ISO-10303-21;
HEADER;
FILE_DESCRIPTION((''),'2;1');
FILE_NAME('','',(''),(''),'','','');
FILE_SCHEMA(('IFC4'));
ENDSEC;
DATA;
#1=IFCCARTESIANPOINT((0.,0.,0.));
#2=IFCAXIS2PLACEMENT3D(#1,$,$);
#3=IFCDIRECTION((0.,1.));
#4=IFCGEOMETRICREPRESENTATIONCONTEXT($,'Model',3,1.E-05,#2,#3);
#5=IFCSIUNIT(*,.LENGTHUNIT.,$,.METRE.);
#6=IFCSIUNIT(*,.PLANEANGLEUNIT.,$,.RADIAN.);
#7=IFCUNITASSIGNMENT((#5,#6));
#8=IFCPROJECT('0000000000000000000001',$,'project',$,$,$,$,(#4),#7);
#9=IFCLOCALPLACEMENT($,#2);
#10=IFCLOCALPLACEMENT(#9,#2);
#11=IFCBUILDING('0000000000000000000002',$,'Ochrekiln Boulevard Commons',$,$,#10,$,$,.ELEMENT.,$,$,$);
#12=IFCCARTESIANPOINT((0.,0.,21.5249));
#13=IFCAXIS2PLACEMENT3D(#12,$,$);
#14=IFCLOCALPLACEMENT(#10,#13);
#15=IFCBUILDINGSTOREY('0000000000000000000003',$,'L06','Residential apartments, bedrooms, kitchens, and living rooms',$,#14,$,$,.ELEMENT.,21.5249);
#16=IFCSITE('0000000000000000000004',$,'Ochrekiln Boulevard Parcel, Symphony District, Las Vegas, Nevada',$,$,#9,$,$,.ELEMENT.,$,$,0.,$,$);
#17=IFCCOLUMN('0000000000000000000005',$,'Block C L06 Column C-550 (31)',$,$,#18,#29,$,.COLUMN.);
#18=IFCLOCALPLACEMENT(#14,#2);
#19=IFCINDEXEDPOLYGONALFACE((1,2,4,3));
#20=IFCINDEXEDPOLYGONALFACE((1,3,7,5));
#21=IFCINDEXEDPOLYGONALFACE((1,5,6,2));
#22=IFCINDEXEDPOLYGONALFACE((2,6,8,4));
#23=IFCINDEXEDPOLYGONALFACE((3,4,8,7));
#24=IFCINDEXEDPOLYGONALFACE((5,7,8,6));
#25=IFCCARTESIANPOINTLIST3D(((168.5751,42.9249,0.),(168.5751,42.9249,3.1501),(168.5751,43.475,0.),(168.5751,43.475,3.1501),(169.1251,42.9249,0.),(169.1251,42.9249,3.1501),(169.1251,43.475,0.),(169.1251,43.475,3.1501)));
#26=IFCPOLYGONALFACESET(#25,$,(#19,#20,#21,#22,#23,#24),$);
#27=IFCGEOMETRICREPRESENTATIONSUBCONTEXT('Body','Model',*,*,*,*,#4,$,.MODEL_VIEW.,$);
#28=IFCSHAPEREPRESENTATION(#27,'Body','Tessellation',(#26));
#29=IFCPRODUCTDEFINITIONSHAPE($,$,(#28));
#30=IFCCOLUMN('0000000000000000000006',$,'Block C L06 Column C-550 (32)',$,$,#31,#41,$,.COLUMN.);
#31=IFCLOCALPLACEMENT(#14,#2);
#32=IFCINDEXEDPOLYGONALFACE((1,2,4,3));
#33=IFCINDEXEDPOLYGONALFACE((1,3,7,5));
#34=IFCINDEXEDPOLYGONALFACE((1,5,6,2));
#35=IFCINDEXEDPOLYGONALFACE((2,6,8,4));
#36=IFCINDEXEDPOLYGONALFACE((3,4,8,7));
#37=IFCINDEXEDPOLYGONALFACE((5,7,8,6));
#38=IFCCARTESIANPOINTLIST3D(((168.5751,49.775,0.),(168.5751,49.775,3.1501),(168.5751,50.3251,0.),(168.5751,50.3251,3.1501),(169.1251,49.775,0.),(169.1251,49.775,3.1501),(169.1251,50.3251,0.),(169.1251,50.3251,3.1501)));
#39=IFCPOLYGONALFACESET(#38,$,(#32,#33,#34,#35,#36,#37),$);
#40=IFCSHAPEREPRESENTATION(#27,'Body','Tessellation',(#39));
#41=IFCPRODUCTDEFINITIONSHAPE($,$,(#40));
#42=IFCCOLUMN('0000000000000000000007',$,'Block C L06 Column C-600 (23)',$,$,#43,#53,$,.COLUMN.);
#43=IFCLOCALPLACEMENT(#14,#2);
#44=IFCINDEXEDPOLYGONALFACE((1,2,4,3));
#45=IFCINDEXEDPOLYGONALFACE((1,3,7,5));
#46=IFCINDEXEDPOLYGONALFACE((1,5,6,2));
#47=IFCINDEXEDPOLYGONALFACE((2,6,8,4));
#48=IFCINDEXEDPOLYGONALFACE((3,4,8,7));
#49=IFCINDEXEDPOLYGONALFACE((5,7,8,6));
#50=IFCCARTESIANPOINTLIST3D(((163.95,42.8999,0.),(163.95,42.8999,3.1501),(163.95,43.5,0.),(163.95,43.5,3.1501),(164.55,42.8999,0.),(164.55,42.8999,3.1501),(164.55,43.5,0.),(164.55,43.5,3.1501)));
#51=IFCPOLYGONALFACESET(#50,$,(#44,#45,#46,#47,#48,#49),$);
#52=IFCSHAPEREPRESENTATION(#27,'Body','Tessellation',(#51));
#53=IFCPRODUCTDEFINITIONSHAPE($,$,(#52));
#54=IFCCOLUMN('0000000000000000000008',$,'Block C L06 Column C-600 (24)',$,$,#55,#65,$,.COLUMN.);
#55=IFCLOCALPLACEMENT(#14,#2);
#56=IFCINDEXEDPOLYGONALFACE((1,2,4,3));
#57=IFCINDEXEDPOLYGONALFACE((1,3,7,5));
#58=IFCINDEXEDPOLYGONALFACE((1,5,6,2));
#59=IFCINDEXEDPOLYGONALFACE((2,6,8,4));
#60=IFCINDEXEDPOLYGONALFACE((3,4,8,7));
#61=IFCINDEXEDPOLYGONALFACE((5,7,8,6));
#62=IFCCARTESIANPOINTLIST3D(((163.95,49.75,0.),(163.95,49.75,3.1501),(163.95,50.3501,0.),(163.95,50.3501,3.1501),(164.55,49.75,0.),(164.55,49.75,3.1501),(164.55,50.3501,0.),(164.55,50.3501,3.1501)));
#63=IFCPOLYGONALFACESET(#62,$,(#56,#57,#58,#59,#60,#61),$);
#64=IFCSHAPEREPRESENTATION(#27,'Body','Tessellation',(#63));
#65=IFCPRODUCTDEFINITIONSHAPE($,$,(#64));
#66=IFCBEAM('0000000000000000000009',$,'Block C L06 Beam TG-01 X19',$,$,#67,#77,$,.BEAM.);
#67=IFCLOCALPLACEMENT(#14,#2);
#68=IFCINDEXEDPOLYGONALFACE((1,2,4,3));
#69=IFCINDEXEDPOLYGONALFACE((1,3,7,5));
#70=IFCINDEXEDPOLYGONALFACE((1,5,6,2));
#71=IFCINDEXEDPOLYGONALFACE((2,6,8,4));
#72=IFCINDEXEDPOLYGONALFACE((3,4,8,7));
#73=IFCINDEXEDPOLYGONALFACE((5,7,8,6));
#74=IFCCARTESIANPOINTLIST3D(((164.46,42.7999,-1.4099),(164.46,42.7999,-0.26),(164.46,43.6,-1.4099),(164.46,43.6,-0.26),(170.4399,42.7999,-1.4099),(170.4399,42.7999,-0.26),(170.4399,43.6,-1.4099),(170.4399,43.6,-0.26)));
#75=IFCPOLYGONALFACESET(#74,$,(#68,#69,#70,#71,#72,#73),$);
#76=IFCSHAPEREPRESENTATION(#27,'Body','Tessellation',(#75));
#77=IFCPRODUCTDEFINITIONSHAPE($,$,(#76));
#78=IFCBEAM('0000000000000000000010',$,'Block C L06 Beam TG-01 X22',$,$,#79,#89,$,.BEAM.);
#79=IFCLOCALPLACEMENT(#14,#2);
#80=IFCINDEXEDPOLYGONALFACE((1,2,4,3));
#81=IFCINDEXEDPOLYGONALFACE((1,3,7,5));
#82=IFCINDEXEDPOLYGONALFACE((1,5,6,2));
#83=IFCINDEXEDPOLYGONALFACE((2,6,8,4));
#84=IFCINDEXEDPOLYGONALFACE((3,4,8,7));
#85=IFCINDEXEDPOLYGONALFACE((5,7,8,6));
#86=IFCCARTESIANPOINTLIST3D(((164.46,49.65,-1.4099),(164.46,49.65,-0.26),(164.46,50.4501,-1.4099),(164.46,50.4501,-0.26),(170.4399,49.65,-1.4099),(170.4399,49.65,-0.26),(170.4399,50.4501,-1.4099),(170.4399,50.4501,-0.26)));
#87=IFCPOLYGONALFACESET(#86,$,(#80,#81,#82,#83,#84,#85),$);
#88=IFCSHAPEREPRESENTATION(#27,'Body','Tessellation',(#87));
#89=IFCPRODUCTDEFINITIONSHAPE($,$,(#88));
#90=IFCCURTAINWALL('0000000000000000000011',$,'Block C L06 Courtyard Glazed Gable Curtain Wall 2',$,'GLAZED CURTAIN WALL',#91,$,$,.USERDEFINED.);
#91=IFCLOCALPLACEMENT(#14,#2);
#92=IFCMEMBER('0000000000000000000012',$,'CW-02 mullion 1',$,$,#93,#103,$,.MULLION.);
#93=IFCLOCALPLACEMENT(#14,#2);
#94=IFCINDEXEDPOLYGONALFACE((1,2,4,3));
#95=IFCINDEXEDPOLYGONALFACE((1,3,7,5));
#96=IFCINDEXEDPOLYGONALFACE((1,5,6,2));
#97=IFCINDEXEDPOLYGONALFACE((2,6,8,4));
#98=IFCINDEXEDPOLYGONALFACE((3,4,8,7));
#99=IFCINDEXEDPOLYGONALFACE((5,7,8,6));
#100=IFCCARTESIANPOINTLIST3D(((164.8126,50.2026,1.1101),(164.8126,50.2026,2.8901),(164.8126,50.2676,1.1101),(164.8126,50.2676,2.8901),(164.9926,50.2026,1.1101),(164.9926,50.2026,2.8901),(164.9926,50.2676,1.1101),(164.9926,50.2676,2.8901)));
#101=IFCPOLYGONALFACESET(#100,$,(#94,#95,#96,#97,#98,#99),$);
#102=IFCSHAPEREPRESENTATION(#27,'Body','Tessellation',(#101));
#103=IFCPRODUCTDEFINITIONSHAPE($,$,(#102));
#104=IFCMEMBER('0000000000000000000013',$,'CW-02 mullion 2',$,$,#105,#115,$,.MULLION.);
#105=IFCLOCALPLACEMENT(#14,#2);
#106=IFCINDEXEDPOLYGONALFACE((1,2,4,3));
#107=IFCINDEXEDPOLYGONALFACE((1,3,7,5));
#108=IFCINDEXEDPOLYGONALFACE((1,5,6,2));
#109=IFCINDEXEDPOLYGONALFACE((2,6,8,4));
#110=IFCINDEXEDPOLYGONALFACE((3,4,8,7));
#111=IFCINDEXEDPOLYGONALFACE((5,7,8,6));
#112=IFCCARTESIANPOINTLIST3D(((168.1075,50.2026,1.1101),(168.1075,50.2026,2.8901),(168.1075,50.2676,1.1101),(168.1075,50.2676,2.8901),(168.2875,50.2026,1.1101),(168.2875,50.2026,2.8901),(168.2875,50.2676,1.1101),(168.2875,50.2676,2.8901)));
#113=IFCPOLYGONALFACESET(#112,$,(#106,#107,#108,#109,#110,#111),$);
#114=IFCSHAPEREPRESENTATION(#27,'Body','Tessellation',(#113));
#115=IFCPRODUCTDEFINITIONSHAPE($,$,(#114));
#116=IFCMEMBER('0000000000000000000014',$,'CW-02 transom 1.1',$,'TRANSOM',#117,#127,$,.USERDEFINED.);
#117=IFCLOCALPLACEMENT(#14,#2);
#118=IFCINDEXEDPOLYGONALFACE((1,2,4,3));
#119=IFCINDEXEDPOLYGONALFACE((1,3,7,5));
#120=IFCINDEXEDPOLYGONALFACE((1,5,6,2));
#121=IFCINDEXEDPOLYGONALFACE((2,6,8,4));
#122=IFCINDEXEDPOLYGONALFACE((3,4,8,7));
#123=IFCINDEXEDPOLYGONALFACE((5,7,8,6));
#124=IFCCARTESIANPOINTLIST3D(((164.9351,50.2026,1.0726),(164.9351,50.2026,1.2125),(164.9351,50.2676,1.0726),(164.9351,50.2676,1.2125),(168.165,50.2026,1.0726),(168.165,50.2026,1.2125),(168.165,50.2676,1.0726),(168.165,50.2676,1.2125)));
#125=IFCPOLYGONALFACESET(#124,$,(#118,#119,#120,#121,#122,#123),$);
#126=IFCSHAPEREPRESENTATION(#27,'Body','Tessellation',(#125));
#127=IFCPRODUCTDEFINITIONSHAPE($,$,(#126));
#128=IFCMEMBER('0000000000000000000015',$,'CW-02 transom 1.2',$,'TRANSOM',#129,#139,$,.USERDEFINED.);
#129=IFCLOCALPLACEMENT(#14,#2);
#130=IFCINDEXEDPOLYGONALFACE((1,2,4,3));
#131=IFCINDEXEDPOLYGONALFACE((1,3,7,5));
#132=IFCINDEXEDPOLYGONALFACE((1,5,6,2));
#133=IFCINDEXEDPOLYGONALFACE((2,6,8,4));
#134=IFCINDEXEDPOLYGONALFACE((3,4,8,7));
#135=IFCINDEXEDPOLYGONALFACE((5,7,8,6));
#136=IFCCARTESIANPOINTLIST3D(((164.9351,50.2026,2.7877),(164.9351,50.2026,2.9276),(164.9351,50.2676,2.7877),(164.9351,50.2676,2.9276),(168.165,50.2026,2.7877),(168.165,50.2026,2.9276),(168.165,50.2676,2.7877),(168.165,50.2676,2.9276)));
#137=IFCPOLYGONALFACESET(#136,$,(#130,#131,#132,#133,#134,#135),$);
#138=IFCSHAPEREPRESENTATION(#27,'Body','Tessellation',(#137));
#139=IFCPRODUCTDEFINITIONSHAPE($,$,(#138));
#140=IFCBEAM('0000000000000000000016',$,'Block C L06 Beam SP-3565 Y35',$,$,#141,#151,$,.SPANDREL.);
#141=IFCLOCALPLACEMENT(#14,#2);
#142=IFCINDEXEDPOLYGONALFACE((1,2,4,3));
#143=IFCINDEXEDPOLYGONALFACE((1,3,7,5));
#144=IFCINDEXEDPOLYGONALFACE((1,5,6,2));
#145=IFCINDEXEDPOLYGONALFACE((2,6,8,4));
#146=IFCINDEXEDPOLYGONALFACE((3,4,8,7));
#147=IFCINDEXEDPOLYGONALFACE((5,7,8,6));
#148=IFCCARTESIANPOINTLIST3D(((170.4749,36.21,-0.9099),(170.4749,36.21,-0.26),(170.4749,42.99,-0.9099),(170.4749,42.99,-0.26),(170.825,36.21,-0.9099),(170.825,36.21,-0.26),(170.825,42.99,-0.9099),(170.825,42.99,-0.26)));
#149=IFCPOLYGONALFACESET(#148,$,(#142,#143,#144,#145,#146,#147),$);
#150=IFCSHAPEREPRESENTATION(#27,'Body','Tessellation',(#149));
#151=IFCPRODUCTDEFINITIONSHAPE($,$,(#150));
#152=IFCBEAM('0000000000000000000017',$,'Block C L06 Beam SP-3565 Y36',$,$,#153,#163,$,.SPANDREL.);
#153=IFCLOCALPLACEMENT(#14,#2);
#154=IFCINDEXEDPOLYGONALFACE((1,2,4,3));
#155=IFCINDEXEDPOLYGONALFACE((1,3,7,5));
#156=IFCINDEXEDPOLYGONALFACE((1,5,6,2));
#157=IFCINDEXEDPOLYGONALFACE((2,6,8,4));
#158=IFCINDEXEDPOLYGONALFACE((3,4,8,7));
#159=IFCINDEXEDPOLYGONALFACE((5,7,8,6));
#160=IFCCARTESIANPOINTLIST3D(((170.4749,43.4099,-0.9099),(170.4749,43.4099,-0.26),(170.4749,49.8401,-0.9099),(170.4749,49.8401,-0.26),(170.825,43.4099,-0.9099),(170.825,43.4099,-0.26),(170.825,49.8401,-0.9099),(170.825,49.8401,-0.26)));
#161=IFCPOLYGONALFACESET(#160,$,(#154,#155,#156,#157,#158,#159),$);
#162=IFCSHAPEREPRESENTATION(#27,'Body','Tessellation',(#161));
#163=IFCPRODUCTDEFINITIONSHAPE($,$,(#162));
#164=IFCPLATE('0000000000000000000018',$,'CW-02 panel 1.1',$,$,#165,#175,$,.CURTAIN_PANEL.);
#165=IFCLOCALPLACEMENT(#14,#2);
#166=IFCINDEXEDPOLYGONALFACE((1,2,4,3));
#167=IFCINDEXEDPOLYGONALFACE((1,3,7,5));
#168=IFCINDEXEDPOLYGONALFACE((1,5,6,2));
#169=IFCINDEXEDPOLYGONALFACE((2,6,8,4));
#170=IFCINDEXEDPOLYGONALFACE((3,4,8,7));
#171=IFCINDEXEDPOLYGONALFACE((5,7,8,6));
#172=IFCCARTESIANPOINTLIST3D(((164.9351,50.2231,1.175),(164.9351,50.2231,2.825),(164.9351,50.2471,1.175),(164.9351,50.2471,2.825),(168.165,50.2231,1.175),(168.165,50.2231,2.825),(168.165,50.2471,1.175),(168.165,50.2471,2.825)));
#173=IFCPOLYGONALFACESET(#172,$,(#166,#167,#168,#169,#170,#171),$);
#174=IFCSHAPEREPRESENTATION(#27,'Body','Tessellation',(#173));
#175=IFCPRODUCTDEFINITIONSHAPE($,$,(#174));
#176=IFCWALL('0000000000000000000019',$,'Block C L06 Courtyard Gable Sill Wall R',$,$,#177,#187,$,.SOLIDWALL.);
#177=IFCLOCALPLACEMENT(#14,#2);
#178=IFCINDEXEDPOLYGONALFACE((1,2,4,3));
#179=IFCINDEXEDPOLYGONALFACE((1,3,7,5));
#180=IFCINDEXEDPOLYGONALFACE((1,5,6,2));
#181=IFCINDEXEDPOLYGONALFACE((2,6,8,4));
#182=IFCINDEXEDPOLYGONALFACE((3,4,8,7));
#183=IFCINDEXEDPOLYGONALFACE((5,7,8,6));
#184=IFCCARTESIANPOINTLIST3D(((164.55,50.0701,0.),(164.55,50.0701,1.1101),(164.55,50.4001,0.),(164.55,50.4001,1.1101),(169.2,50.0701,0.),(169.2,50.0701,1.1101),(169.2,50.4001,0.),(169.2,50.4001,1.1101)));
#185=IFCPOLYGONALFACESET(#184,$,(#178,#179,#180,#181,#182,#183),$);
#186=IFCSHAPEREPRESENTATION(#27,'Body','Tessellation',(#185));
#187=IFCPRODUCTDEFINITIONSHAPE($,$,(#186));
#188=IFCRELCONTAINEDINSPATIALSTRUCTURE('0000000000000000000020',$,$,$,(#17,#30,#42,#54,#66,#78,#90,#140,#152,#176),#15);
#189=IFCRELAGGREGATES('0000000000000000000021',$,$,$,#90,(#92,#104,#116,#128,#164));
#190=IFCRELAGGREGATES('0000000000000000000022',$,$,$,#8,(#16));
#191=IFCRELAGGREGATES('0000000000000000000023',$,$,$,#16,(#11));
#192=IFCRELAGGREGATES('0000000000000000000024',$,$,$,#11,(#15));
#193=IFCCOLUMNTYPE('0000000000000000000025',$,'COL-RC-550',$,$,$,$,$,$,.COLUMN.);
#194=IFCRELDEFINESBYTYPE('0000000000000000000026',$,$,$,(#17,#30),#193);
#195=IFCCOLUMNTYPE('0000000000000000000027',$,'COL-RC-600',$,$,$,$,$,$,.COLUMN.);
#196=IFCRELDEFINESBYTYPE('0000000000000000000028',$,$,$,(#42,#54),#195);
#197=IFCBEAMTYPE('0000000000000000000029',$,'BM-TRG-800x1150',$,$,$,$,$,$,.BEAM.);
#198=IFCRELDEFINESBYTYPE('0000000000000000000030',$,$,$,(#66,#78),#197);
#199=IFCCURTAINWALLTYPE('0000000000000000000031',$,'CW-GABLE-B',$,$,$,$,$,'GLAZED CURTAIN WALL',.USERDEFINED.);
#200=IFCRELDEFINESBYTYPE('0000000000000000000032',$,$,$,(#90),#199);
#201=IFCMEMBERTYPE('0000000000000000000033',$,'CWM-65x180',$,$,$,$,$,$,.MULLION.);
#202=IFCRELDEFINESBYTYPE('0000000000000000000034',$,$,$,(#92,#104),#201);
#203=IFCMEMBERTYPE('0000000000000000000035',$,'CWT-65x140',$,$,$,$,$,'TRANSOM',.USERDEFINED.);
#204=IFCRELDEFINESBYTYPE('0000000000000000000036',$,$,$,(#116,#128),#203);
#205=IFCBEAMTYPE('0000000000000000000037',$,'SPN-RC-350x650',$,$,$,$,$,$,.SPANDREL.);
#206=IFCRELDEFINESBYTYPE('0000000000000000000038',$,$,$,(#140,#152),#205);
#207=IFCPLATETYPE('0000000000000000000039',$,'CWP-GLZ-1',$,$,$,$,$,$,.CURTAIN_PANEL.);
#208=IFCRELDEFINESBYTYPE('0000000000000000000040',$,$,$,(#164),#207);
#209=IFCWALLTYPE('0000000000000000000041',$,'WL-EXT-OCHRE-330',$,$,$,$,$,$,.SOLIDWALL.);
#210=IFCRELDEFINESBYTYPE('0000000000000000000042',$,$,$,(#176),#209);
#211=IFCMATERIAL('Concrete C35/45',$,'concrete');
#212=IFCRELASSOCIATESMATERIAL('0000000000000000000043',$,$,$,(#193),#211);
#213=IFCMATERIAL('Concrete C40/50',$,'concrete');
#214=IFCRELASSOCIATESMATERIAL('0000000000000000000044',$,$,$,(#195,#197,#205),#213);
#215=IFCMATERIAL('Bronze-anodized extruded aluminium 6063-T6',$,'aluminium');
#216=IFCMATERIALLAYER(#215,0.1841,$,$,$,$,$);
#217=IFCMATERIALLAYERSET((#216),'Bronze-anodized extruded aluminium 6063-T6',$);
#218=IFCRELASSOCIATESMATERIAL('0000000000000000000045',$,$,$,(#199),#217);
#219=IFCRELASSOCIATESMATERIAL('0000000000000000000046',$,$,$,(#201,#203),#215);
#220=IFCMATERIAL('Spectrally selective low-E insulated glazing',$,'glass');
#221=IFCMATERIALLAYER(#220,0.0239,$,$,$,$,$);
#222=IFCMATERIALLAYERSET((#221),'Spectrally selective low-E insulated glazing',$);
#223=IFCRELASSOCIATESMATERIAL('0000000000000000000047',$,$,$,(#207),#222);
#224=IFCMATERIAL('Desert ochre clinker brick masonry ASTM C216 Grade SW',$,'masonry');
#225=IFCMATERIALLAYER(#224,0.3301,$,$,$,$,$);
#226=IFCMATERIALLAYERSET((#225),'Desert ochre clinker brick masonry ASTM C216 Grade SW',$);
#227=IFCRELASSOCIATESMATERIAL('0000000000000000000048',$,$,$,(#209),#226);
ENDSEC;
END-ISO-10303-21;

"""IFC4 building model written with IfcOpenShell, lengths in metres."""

from ifc_helpers import new_model, si_unit, direction, frame, frame_2d, origin, origin_2d, place, context, subcontext, project, spatial, rectangle, extrude, material, layer, layer_set, material_profile, profile_set, type_object, element, aggregate, save


model = new_model("IFC4")

# Units and contexts
model_context = context("Model", 3, precision=1e-05, world=origin(), true_north=direction((0.0, 1.0)))
body_context = subcontext(model_context, "Body", "Model", "MODEL_VIEW")
ifc_project = project(units=[si_unit("LENGTHUNIT", "METRE"), si_unit("PLANEANGLEUNIT", "RADIAN")], contexts=[model_context])

# Site, building, storey
site_placement = place(None, origin())
site = spatial("IfcSite", under=ifc_project, at=site_placement, Name="Ochrekiln Boulevard Parcel, Symphony District, Las Vegas, Nevada", CompositionType="ELEMENT", RefElevation=0.0)
building_placement = place(site_placement, origin())
building = spatial("IfcBuilding", under=site, at=building_placement, Name="Ochrekiln Boulevard Commons", CompositionType="ELEMENT")
storey_placement = place(building_placement, frame((0.0, 0.0, 21.5249)))
storey = spatial("IfcBuildingStorey", under=building, at=storey_placement, Name="L06", Description="Residential apartments, bedrooms, kitchens, and living rooms", CompositionType="ELEMENT", Elevation=21.5249)

# Columns
ifc_material_1 = material(Name="Concrete C35/45", Category="concrete")
ifc_material_profile_1 = material_profile(ifc_material_1, rectangle(XDim=0.55, YDim=0.55, at=origin_2d()), Name="RC-COL-550x550")
ifc_profile_set_1 = profile_set([ifc_material_profile_1], Name="Concrete C35/45")
column_type_1 = type_object("IfcColumnType", Name="COL-RC-550", PredefinedType="COLUMN", material=ifc_profile_set_1)
for number, where, z_axis, x_axis, name in (
    (1, (168.8501, 43.2, 0.0), (0.0, 0.0, 1.0), (1.0, 0.0, 0.0), "Block C L06 Column C-550 (31)"),
    (2, (168.8501, 50.05, 0.0), (0.0, 0.0, 1.0), (1.0, 0.0, 0.0), "Block C L06 Column C-550 (32)"),
):
    element("IfcColumn", number, at=place(storey_placement, frame(where, z_axis=z_axis, x_axis=x_axis)), inside=storey, type_object=column_type_1, Name=name, PredefinedType="COLUMN", context=body_context, shape_type="SweptSolid", body=[
        extrude(rectangle(XDim=0.55, YDim=0.55, at=origin_2d()), origin(), (0.0, 0.0, 1.0), 3.1501),
    ])
ifc_material_2 = material(Name="Concrete C40/50", Category="concrete")
ifc_material_profile_2 = material_profile(ifc_material_2, rectangle(XDim=0.6001, YDim=0.6001, at=origin_2d()), Name="RC-COL-600x600")
ifc_profile_set_2 = profile_set([ifc_material_profile_2], Name="Concrete C40/50")
column_type_2 = type_object("IfcColumnType", Name="COL-RC-600", PredefinedType="COLUMN", material=ifc_profile_set_2)
for number, where, z_axis, x_axis, name in (
    (3, (164.25, 43.2, 0.0), (0.0, 0.0, 1.0), (1.0, 0.0, 0.0), "Block C L06 Column C-600 (23)"),
    (4, (164.25, 50.05, 0.0), (0.0, 0.0, 1.0), (1.0, 0.0, 0.0), "Block C L06 Column C-600 (24)"),
):
    element("IfcColumn", number, at=place(storey_placement, frame(where, z_axis=z_axis, x_axis=x_axis)), inside=storey, type_object=column_type_2, Name=name, PredefinedType="COLUMN", context=body_context, shape_type="SweptSolid", body=[
        extrude(rectangle(XDim=0.6001, YDim=0.6001, at=origin_2d()), origin(), (0.0, 0.0, 1.0), 3.1501),
    ])

# Beams
ifc_material_profile_3 = material_profile(ifc_material_2, rectangle(XDim=0.8, YDim=1.1499, at=origin_2d()), Name="RC-TRG-800x1150")
ifc_profile_set_3 = profile_set([ifc_material_profile_3], Name="Concrete C40/50")
beam_type_1 = type_object("IfcBeamType", Name="BM-TRG-800x1150", PredefinedType="BEAM", material=ifc_profile_set_3)
for number, where, z_axis, x_axis, name in (
    (5, (164.46, 43.2, -0.835), (1.0, 0.0, 0.0), (0.0, 1.0, 0.0), "Block C L06 Beam TG-01 X19"),
    (6, (164.46, 50.05, -0.835), (1.0, 0.0, 0.0), (0.0, 1.0, 0.0), "Block C L06 Beam TG-01 X22"),
):
    element("IfcBeam", number, at=place(storey_placement, frame(where, z_axis=z_axis, x_axis=x_axis)), inside=storey, type_object=beam_type_1, Name=name, PredefinedType="BEAM", context=body_context, shape_type="SweptSolid", body=[
        extrude(rectangle(XDim=0.8, YDim=1.1499, at=origin_2d()), origin(), (0.0, 0.0, 1.0), 5.98),
    ])

# Curtain wall, members
ifc_material_3 = material(Name="Bronze-anodized extruded aluminium 6063-T6", Category="aluminium")
ifc_layer_1 = layer(ifc_material_3, 0.1841)
ifc_layer_set_1 = layer_set([ifc_layer_1], Name="Bronze-anodized extruded aluminium 6063-T6")
curtain_wall_type = type_object("IfcCurtainWallType", Name="CW-GABLE-B", ElementType="GLAZED CURTAIN WALL", PredefinedType="USERDEFINED", material=ifc_layer_set_1)
curtain_wall_placement = place(storey_placement, origin())
curtain_wall = element("IfcCurtainWall", 7, at=curtain_wall_placement, inside=storey, type_object=curtain_wall_type, Name="Block C L06 Courtyard Glazed Gable Curtain Wall 2", ObjectType="GLAZED CURTAIN WALL", PredefinedType="USERDEFINED")
ifc_material_profile_4 = material_profile(ifc_material_3, rectangle(XDim=0.0649, YDim=0.1799, at=origin_2d()), Name="ALU-MUL-65x180")
ifc_profile_set_4 = profile_set([ifc_material_profile_4], Name="Bronze-anodized extruded aluminium 6063-T6")
member_type_1 = type_object("IfcMemberType", Name="CWM-65x180", PredefinedType="MULLION", material=ifc_profile_set_4)
member_1_placement = place(storey_placement, frame((164.9026, 50.2351, 1.1101), z_axis=(0.0, 0.0, 1.0), x_axis=(0.0, 1.0, 0.0)))
member_1 = element("IfcMember", 8, at=member_1_placement, type_object=member_type_1, Name="CW-02 mullion 1", PredefinedType="MULLION", context=body_context, shape_type="SweptSolid", body=[
    extrude(rectangle(XDim=0.0649, YDim=0.1799, at=origin_2d()), origin(), (0.0, 0.0, 1.0), 1.78),
])
member_2_placement = place(storey_placement, frame((168.1975, 50.2351, 1.1101), z_axis=(0.0, 0.0, 1.0), x_axis=(0.0, 1.0, 0.0)))
member_2 = element("IfcMember", 9, at=member_2_placement, type_object=member_type_1, Name="CW-02 mullion 2", PredefinedType="MULLION", context=body_context, shape_type="SweptSolid", body=[
    extrude(rectangle(XDim=0.0649, YDim=0.1799, at=origin_2d()), origin(), (0.0, 0.0, 1.0), 1.78),
])
ifc_material_profile_5 = material_profile(ifc_material_3, rectangle(XDim=0.0649, YDim=0.1399, at=origin_2d()), Name="ALU-TRN-65x140")
ifc_profile_set_5 = profile_set([ifc_material_profile_5], Name="Bronze-anodized extruded aluminium 6063-T6")
member_type_2 = type_object("IfcMemberType", Name="CWT-65x140", ElementType="TRANSOM", PredefinedType="USERDEFINED", material=ifc_profile_set_5)
member_3_placement = place(storey_placement, frame((164.9351, 50.2351, 1.1426), z_axis=(1.0, 0.0, 0.0), x_axis=(0.0, 1.0, 0.0)))
member_3 = element("IfcMember", 10, at=member_3_placement, type_object=member_type_2, Name="CW-02 transom 1.1", ObjectType="TRANSOM", PredefinedType="USERDEFINED", context=body_context, shape_type="SweptSolid", body=[
    extrude(rectangle(XDim=0.0649, YDim=0.1399, at=origin_2d()), origin(), (0.0, 0.0, 1.0), 3.23),
])
member_4_placement = place(storey_placement, frame((164.9351, 50.2351, 2.8577), z_axis=(1.0, 0.0, 0.0), x_axis=(0.0, 1.0, 0.0)))
member_4 = element("IfcMember", 11, at=member_4_placement, type_object=member_type_2, Name="CW-02 transom 1.2", ObjectType="TRANSOM", PredefinedType="USERDEFINED", context=body_context, shape_type="SweptSolid", body=[
    extrude(rectangle(XDim=0.0649, YDim=0.1399, at=origin_2d()), origin(), (0.0, 0.0, 1.0), 3.23),
])

# Beams
ifc_material_profile_6 = material_profile(ifc_material_2, rectangle(XDim=0.3501, YDim=0.6499, at=origin_2d()), Name="RC-SPN-350x650")
ifc_profile_set_6 = profile_set([ifc_material_profile_6], Name="Concrete C40/50")
beam_type_2 = type_object("IfcBeamType", Name="SPN-RC-350x650", PredefinedType="SPANDREL", material=ifc_profile_set_6)
beam_1_placement = place(storey_placement, frame((170.6499, 36.21, -0.585), z_axis=(0.0, 1.0, 0.0), x_axis=(-1.0, 0.0, 0.0)))
element("IfcBeam", 12, at=beam_1_placement, inside=storey, type_object=beam_type_2, Name="Block C L06 Beam SP-3565 Y35", PredefinedType="SPANDREL", context=body_context, shape_type="SweptSolid", body=[
    extrude(rectangle(XDim=0.3501, YDim=0.6499, at=origin_2d()), origin(), (0.0, 0.0, 1.0), 6.78),
])
beam_2_placement = place(storey_placement, frame((170.6499, 43.4099, -0.585), z_axis=(0.0, 1.0, 0.0), x_axis=(-1.0, 0.0, 0.0)))
element("IfcBeam", 13, at=beam_2_placement, inside=storey, type_object=beam_type_2, Name="Block C L06 Beam SP-3565 Y36", PredefinedType="SPANDREL", context=body_context, shape_type="SweptSolid", body=[
    extrude(rectangle(XDim=0.3501, YDim=0.6499, at=origin_2d()), origin(), (0.0, 0.0, 1.0), 6.4302),
])

# Plate
ifc_material_4 = material(Name="Spectrally selective low-E insulated glazing", Category="glass")
ifc_layer_2 = layer(ifc_material_4, 0.0239)
ifc_layer_set_2 = layer_set([ifc_layer_2], Name="Spectrally selective low-E insulated glazing")
plate_type = type_object("IfcPlateType", Name="CWP-GLZ-1", PredefinedType="CURTAIN_PANEL", material=ifc_layer_set_2)
plate_placement = place(storey_placement, frame((166.55, 50.2351, 1.175), z_axis=(0.0, 0.0, 1.0), x_axis=(1.0, 0.0, 0.0)))
plate = element("IfcPlate", 14, at=plate_placement, type_object=plate_type, Name="CW-02 panel 1.1", PredefinedType="CURTAIN_PANEL", context=body_context, shape_type="SweptSolid", body=[
    extrude(rectangle(XDim=3.23, YDim=0.0239, at=origin_2d()), origin(), (0.0, 0.0, 1.0), 1.6499),
])
aggregate(curtain_wall, [member_1, member_2, member_3, member_4, plate])

# Wall
ifc_material_5 = material(Name="Desert ochre clinker brick masonry ASTM C216 Grade SW", Category="masonry")
ifc_layer_3 = layer(ifc_material_5, 0.3301)
ifc_layer_set_3 = layer_set([ifc_layer_3], Name="Desert ochre clinker brick masonry ASTM C216 Grade SW")
wall_type_1 = type_object("IfcWallType", Name="WL-EXT-OCHRE-330", PredefinedType="SOLIDWALL", material=ifc_layer_set_3)
wall_1_placement = place(storey_placement, frame((164.55, 50.2351, 0.0), z_axis=(0.0, 0.0, 1.0), x_axis=(1.0, 0.0, 0.0)))
element("IfcWall", 15, at=wall_1_placement, inside=storey, type_object=wall_type_1, Name="Block C L06 Courtyard Gable Sill Wall R", PredefinedType="SOLIDWALL", context=body_context, shape_type="SweptSolid", body=[
    extrude(rectangle(XDim=4.6499, YDim=0.3301, at=frame_2d((2.325, 0.0))), origin(), (0.0, 0.0, 1.0), 1.1101),
])

save(model, "model.ifc")
